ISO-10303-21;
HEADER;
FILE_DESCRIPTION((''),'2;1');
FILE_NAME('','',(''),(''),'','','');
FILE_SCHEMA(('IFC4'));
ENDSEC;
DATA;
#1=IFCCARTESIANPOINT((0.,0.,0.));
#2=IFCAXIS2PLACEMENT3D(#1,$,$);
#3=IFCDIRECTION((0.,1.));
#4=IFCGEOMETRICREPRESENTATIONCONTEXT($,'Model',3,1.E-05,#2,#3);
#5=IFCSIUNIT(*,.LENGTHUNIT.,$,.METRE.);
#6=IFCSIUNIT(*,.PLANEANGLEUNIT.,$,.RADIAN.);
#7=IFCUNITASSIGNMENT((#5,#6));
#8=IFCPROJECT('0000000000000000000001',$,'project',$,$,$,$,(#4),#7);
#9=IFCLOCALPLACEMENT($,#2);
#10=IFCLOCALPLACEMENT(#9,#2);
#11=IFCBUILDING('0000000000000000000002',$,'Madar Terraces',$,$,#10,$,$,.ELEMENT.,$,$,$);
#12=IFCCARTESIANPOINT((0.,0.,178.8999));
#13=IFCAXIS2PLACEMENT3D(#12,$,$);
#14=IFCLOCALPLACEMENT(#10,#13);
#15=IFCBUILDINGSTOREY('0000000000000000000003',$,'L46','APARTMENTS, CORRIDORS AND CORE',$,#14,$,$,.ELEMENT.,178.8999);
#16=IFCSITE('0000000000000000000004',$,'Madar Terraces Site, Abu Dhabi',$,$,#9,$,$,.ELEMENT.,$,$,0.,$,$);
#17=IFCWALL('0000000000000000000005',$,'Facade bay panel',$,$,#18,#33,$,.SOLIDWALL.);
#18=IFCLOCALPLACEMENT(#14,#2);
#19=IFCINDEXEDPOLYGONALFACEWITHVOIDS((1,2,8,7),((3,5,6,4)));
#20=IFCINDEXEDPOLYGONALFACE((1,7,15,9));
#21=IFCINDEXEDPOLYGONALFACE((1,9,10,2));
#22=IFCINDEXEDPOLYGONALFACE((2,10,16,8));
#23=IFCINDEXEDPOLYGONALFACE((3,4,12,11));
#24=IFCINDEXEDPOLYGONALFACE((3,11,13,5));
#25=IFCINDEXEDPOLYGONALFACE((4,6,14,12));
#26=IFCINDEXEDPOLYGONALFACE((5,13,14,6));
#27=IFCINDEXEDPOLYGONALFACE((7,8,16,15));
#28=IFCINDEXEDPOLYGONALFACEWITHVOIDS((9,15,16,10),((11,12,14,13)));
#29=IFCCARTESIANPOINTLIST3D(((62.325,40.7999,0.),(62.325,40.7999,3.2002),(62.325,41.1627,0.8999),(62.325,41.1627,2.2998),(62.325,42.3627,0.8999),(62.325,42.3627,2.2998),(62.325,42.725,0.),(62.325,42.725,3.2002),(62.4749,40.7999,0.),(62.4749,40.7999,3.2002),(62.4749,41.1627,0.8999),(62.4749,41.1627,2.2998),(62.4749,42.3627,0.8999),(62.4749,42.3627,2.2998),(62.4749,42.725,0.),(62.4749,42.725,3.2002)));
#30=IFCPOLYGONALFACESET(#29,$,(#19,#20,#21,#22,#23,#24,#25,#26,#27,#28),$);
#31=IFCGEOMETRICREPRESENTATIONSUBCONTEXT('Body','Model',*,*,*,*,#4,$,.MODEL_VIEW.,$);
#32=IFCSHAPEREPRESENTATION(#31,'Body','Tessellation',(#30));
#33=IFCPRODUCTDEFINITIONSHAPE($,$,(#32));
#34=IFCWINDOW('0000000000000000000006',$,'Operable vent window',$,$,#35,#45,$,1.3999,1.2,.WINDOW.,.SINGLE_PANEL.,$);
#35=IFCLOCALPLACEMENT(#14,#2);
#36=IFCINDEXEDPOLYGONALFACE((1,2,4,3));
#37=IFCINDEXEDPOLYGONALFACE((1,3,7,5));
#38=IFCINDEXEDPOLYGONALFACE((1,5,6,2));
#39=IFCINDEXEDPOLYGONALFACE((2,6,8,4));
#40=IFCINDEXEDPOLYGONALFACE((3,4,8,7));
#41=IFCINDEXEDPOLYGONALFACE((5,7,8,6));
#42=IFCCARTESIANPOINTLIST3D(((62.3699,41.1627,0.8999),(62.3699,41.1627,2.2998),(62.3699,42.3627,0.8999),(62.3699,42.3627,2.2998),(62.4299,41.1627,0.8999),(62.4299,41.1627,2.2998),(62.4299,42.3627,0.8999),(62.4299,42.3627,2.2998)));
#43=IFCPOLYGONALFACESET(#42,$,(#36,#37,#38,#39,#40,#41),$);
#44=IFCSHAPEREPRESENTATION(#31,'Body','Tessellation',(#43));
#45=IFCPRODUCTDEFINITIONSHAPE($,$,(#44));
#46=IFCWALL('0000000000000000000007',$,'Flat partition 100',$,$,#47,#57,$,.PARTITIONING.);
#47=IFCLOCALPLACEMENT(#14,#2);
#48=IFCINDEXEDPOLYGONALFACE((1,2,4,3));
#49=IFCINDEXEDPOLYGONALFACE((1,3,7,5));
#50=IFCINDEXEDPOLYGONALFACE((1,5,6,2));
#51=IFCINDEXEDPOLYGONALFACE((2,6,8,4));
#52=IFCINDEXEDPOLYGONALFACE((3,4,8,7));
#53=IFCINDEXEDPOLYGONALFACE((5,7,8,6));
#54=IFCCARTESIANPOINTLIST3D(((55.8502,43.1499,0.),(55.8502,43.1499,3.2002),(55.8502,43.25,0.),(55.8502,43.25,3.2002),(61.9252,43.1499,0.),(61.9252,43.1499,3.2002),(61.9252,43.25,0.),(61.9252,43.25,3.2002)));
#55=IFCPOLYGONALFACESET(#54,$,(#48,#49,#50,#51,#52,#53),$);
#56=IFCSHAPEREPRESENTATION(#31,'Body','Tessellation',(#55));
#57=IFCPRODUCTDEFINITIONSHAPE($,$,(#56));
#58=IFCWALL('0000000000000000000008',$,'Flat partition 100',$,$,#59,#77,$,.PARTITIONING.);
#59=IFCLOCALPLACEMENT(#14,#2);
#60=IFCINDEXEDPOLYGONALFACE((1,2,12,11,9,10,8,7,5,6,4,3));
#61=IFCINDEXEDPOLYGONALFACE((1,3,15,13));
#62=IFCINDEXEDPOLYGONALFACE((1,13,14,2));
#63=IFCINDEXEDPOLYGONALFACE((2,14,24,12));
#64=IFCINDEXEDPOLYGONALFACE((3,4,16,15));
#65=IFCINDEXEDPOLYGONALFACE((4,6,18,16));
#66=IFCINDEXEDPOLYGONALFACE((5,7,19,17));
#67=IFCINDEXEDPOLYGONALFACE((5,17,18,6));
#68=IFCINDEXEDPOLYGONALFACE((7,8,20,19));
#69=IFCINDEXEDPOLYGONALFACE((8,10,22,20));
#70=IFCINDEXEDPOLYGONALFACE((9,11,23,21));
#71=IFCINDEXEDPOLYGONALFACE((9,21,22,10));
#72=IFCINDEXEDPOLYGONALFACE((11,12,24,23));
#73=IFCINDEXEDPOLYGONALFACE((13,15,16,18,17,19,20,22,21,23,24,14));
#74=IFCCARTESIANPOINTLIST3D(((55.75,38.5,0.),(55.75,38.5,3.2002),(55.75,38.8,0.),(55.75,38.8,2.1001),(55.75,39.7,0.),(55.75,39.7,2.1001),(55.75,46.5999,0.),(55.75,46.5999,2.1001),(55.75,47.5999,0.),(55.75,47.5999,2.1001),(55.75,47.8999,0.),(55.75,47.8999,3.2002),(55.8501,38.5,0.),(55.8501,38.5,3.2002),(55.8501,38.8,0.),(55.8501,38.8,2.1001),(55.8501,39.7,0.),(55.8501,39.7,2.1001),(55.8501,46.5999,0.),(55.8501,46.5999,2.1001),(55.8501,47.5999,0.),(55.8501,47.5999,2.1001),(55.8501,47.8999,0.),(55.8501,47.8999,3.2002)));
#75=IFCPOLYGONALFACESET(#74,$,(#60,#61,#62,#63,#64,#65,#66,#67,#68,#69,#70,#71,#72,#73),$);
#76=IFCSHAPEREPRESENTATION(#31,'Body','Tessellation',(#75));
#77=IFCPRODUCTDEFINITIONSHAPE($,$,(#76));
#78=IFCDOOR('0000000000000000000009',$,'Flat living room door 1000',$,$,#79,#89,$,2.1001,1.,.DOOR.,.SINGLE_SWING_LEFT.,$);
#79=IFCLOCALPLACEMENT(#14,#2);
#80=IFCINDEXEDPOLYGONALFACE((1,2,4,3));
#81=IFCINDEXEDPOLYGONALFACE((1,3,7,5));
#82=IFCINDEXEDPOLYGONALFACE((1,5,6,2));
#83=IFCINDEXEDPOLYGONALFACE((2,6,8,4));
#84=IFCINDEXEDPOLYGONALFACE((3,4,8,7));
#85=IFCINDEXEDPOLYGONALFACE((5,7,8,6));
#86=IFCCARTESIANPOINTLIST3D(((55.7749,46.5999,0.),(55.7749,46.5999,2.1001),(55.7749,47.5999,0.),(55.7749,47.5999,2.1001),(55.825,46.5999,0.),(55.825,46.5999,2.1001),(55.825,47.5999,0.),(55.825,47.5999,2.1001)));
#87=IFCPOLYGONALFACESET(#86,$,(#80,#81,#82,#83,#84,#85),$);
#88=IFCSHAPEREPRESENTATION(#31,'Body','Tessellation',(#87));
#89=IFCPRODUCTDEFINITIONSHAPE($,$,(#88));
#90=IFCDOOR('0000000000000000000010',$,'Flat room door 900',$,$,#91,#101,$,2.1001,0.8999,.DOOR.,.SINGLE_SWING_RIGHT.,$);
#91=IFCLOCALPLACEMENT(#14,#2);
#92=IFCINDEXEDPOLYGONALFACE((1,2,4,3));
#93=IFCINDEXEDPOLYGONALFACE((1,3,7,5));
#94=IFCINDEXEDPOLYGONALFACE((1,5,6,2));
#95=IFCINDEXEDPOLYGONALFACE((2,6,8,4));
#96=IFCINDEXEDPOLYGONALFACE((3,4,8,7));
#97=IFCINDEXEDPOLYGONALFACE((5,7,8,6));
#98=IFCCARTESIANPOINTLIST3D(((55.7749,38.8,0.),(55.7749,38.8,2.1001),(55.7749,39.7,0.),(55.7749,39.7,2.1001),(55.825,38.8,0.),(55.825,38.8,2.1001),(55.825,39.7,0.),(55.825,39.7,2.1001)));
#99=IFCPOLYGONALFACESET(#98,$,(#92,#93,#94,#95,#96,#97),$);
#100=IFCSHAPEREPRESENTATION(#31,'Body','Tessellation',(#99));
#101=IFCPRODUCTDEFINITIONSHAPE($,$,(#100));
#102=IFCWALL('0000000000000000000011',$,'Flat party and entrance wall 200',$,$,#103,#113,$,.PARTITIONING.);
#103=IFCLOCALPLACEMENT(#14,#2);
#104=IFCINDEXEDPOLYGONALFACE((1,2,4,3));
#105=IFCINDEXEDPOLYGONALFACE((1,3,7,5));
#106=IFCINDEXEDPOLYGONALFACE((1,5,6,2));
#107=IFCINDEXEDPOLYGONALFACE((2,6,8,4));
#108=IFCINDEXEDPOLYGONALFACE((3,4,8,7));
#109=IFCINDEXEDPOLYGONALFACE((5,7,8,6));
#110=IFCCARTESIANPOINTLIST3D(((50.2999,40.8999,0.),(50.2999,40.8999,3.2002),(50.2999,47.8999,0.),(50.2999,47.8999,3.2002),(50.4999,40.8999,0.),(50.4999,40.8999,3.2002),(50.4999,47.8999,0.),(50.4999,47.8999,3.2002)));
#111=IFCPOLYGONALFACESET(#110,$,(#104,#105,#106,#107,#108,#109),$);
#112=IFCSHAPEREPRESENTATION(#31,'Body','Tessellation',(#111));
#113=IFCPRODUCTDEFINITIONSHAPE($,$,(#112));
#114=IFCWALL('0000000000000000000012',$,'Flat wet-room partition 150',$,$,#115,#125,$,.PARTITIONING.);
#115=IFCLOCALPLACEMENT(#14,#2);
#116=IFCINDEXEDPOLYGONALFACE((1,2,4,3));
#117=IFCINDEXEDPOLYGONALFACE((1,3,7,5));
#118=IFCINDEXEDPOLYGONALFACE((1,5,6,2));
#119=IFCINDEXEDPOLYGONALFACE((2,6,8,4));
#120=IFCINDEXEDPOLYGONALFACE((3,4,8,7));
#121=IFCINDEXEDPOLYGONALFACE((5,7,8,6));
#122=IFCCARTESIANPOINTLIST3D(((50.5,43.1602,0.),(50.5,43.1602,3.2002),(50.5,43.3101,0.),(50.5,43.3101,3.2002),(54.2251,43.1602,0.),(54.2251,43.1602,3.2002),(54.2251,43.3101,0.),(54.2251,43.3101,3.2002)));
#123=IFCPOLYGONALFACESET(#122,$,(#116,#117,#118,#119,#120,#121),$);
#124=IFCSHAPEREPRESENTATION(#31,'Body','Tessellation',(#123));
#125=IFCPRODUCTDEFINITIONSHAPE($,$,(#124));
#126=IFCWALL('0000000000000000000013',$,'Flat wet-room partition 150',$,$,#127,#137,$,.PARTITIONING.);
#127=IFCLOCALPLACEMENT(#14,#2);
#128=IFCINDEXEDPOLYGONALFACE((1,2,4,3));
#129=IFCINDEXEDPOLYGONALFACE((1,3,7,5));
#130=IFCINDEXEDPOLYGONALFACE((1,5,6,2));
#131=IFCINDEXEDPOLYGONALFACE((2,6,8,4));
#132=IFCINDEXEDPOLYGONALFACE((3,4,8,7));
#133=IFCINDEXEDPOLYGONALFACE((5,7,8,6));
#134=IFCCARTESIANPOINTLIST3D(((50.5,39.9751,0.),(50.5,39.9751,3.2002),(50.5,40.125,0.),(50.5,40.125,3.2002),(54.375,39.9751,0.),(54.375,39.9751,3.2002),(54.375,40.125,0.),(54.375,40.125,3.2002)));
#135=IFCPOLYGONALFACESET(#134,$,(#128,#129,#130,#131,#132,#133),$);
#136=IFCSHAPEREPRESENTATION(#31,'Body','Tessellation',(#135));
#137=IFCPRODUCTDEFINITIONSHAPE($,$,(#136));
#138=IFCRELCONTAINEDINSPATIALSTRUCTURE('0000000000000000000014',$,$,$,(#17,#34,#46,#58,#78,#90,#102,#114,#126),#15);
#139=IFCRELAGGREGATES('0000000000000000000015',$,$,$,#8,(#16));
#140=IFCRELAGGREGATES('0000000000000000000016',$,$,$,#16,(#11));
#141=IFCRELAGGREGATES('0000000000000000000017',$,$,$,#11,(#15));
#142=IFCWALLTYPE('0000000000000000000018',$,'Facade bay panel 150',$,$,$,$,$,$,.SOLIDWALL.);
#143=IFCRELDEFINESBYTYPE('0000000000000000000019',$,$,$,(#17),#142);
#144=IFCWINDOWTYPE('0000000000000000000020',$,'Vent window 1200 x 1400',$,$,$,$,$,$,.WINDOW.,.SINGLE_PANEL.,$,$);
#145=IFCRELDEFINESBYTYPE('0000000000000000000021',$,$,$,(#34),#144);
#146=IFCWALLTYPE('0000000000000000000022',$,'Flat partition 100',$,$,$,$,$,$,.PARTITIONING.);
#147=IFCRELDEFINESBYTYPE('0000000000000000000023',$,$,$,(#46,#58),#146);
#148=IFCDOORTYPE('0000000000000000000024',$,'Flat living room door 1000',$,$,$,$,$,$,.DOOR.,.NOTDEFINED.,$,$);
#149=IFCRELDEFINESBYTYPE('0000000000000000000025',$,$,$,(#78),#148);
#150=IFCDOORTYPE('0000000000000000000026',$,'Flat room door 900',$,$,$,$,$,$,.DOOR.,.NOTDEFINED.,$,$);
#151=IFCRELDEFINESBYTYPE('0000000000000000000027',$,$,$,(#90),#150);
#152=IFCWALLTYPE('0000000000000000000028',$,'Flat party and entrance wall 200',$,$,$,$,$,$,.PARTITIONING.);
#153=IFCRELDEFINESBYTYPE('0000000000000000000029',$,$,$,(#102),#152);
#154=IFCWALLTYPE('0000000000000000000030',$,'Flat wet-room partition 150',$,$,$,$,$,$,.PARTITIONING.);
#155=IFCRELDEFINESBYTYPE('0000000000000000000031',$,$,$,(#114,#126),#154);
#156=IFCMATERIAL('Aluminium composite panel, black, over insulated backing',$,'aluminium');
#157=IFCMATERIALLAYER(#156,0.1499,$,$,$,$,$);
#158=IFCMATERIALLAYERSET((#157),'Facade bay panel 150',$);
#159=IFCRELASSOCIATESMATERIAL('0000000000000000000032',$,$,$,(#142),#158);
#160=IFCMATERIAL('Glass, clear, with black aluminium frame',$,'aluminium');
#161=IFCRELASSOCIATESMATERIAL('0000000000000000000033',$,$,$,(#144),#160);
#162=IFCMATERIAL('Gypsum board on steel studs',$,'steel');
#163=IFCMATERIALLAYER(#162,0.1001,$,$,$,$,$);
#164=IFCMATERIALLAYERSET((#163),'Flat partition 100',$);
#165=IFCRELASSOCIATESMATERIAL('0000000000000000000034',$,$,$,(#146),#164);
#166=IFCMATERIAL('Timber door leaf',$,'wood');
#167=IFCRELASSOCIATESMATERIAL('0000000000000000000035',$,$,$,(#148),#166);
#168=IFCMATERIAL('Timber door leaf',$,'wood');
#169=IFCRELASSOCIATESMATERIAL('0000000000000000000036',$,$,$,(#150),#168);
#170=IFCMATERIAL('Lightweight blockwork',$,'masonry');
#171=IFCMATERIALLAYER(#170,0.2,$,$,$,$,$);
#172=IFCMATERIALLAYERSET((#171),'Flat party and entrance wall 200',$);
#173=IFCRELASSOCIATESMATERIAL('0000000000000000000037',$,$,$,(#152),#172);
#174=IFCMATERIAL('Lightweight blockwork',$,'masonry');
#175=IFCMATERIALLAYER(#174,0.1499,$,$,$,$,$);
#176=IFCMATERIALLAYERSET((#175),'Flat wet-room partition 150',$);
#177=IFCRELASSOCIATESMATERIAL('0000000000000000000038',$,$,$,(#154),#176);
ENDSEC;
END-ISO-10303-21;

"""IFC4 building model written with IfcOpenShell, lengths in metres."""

from ifc_helpers import new_model, si_unit, direction, frame, frame_2d, origin, place, context, subcontext, project, spatial, rectangle, extrude, material, layer, layer_set, type_object, element, fill, save


model = new_model("IFC4")

# Units and contexts
model_context = context("Model", 3, precision=1e-05, world=origin(), true_north=direction((0.0, 1.0)))
body_context = subcontext(model_context, "Body", "Model", "MODEL_VIEW")
ifc_project = project(units=[si_unit("LENGTHUNIT", "METRE"), si_unit("PLANEANGLEUNIT", "RADIAN")], contexts=[model_context])

# Site, building, storey
site_placement = place(None, origin())
site = spatial("IfcSite", under=ifc_project, at=site_placement, Name="Madar Terraces Site, Abu Dhabi", CompositionType="ELEMENT", RefElevation=0.0)
building_placement = place(site_placement, origin())
building = spatial("IfcBuilding", under=site, at=building_placement, Name="Madar Terraces", CompositionType="ELEMENT")
storey_placement = place(building_placement, frame((0.0, 0.0, 178.8999)))
storey = spatial("IfcBuildingStorey", under=building, at=storey_placement, Name="L46", Description="APARTMENTS, CORRIDORS AND CORE", CompositionType="ELEMENT", Elevation=178.8999)

# Wall, opening, window
ifc_material_1 = material(Name="Aluminium composite panel, black, over insulated backing", Category="aluminium")
ifc_layer_1 = layer(ifc_material_1, 0.1499)
ifc_layer_set_1 = layer_set([ifc_layer_1], Name="Facade bay panel 150")
wall_type_1 = type_object("IfcWallType", Name="Facade bay panel 150", PredefinedType="SOLIDWALL", material=ifc_layer_set_1)
wall_1_placement = place(storey_placement, frame((62.3999, 40.8, 0.0), z_axis=(0.0, 0.0, 1.0), x_axis=(0.0, 1.0, 0.0)))
wall_1 = element("IfcWall", 1, at=wall_1_placement, inside=storey, type_object=wall_type_1, Name="Facade bay panel", PredefinedType="SOLIDWALL", context=body_context, shape_type="SweptSolid", body=[
    extrude(rectangle(XDim=1.925, YDim=0.1499, at=frame_2d((0.9624, 0.0))), origin(), (0.0, 0.0, 1.0), 3.2002),
])
opening_1_placement = place(wall_1_placement, frame((0.3625, 0.0, 0.8999)))
opening_1 = element("IfcOpeningElement", 2, at=opening_1_placement, cuts=wall_1, PredefinedType="OPENING", context=body_context, shape_type="SweptSolid", body=[
    extrude(rectangle(XDim=1.2, YDim=1.3999, at=frame_2d((0.6001, 0.7))), frame((0.0, 0.085, 0.0), z_axis=(0.0, -1.0, 0.0), x_axis=(1.0, 0.0, 0.0)), (0.0, 0.0, 1.0), 0.1699),
])
ifc_material_2 = material(Name="Glass, clear, with black aluminium frame", Category="aluminium")
window_type = type_object("IfcWindowType", Name="Vent window 1200 x 1400", PartitioningType="SINGLE_PANEL", PredefinedType="WINDOW", material=ifc_material_2)
window_placement = place(opening_1_placement, origin())
window = element("IfcWindow", 3, at=window_placement, inside=storey, type_object=window_type, Name="Operable vent window", OverallHeight=1.3999, OverallWidth=1.2, PartitioningType="SINGLE_PANEL", PredefinedType="WINDOW", context=body_context, shape_type="SweptSolid", body=[
    extrude(rectangle(XDim=1.2, YDim=1.3999, at=frame_2d((0.6001, 0.7))), frame((0.0, 0.03, 0.0), z_axis=(0.0, -1.0, 0.0), x_axis=(1.0, 0.0, 0.0)), (0.0, 0.0, 1.0), 0.0601),
])
fill(opening_1, window)

# Wall
ifc_material_3 = material(Name="Gypsum board on steel studs", Category="steel")
ifc_layer_2 = layer(ifc_material_3, 0.1001)
ifc_layer_set_2 = layer_set([ifc_layer_2], Name="Flat partition 100")
wall_type_2 = type_object("IfcWallType", Name="Flat partition 100", PredefinedType="PARTITIONING", material=ifc_layer_set_2)
wall_2_placement = place(storey_placement, frame((55.8501, 43.2, 0.0), z_axis=(0.0, 0.0, 1.0), x_axis=(1.0, 0.0, 0.0)))
element("IfcWall", 4, at=wall_2_placement, inside=storey, type_object=wall_type_2, Name="Flat partition 100", PredefinedType="PARTITIONING", context=body_context, shape_type="SweptSolid", body=[
    extrude(rectangle(XDim=6.075, YDim=0.1001, at=frame_2d((3.0376, 0.0))), origin(), (0.0, 0.0, 1.0), 3.2002),
])

# Wall, openings, doors
wall_3_placement = place(storey_placement, frame((55.8, 47.8999, 0.0), z_axis=(0.0, 0.0, 1.0), x_axis=(0.0, -1.0, 0.0)))
wall_3 = element("IfcWall", 5, at=wall_3_placement, inside=storey, type_object=wall_type_2, Name="Flat partition 100", PredefinedType="PARTITIONING", context=body_context, shape_type="SweptSolid", body=[
    extrude(rectangle(XDim=9.3999, YDim=0.1001, at=frame_2d((4.7, 0.0))), origin(), (0.0, 0.0, 1.0), 3.2002),
])
opening_2_placement = place(wall_3_placement, frame((8.2, 0.0, 0.0)))
opening_2 = element("IfcOpeningElement", 6, at=opening_2_placement, cuts=wall_3, PredefinedType="OPENING", context=body_context, shape_type="SweptSolid", body=[
    extrude(rectangle(XDim=0.8999, YDim=2.1001, at=frame_2d((0.45, 1.05))), frame((0.0, 0.0601, 0.0), z_axis=(0.0, -1.0, 0.0), x_axis=(1.0, 0.0, 0.0)), (0.0, 0.0, 1.0), 0.1201),
])
opening_3_placement = place(wall_3_placement, frame((0.3, 0.0, 0.0)))
opening_3 = element("IfcOpeningElement", 7, at=opening_3_placement, cuts=wall_3, PredefinedType="OPENING", context=body_context, shape_type="SweptSolid", body=[
    extrude(rectangle(XDim=1.0, YDim=2.1001, at=frame_2d((0.5, 1.05))), frame((0.0, 0.0601, 0.0), z_axis=(0.0, -1.0, 0.0), x_axis=(1.0, 0.0, 0.0)), (0.0, 0.0, 1.0), 0.1201),
])
ifc_material_4 = material(Name="Timber door leaf", Category="wood")
door_type_1 = type_object("IfcDoorType", Name="Flat living room door 1000", OperationType="NOTDEFINED", PredefinedType="DOOR", material=ifc_material_4)
door_1_placement = place(opening_3_placement, origin())
door_1 = element("IfcDoor", 8, at=door_1_placement, inside=storey, type_object=door_type_1, Name="Flat living room door 1000", OperationType="SINGLE_SWING_LEFT", OverallHeight=2.1001, OverallWidth=1.0, PredefinedType="DOOR", context=body_context, shape_type="SweptSolid", body=[
    extrude(rectangle(XDim=1.0, YDim=2.1001, at=frame_2d((0.5, 1.05))), frame((0.0, 0.0249, 0.0), z_axis=(0.0, -1.0, 0.0), x_axis=(1.0, 0.0, 0.0)), (0.0, 0.0, 1.0), 0.05),
])
fill(opening_3, door_1)
ifc_material_5 = material(Name="Timber door leaf", Category="wood")
door_type_2 = type_object("IfcDoorType", Name="Flat room door 900", OperationType="NOTDEFINED", PredefinedType="DOOR", material=ifc_material_5)
door_2_placement = place(opening_2_placement, origin())
door_2 = element("IfcDoor", 9, at=door_2_placement, inside=storey, type_object=door_type_2, Name="Flat room door 900", OperationType="SINGLE_SWING_RIGHT", OverallHeight=2.1001, OverallWidth=0.8999, PredefinedType="DOOR", context=body_context, shape_type="SweptSolid", body=[
    extrude(rectangle(XDim=0.8999, YDim=2.1001, at=frame_2d((0.45, 1.05))), frame((0.0, 0.0249, 0.0), z_axis=(0.0, -1.0, 0.0), x_axis=(1.0, 0.0, 0.0)), (0.0, 0.0, 1.0), 0.05),
])
fill(opening_2, door_2)

# Walls
ifc_material_6 = material(Name="Lightweight blockwork", Category="masonry")
ifc_layer_3 = layer(ifc_material_6, 0.2)
ifc_layer_set_3 = layer_set([ifc_layer_3], Name="Flat party and entrance wall 200")
wall_type_3 = type_object("IfcWallType", Name="Flat party and entrance wall 200", PredefinedType="PARTITIONING", material=ifc_layer_set_3)
wall_4_placement = place(storey_placement, frame((50.3999, 40.8999, 0.0), z_axis=(0.0, 0.0, 1.0), x_axis=(0.0, 1.0, 0.0)))
element("IfcWall", 10, at=wall_4_placement, inside=storey, type_object=wall_type_3, Name="Flat party and entrance wall 200", PredefinedType="PARTITIONING", context=body_context, shape_type="SweptSolid", body=[
    extrude(rectangle(XDim=7.0, YDim=0.2, at=frame_2d((3.5, 0.0))), origin(), (0.0, 0.0, 1.0), 3.2002),
])
ifc_material_7 = material(Name="Lightweight blockwork", Category="masonry")
ifc_layer_4 = layer(ifc_material_7, 0.1499)
ifc_layer_set_4 = layer_set([ifc_layer_4], Name="Flat wet-room partition 150")
wall_type_4 = type_object("IfcWallType", Name="Flat wet-room partition 150", PredefinedType="PARTITIONING", material=ifc_layer_set_4)
wall_5_placement = place(storey_placement, frame((50.5, 43.2351, 0.0), z_axis=(0.0, 0.0, 1.0), x_axis=(1.0, 0.0, 0.0)))
element("IfcWall", 11, at=wall_5_placement, inside=storey, type_object=wall_type_4, Name="Flat wet-room partition 150", PredefinedType="PARTITIONING", context=body_context, shape_type="SweptSolid", body=[
    extrude(rectangle(XDim=3.7251, YDim=0.1499, at=frame_2d((1.8625, 0.0))), origin(), (0.0, 0.0, 1.0), 3.2002),
])
wall_6_placement = place(storey_placement, frame((50.5, 40.05, 0.0), z_axis=(0.0, 0.0, 1.0), x_axis=(1.0, 0.0, 0.0)))
element("IfcWall", 12, at=wall_6_placement, inside=storey, type_object=wall_type_4, Name="Flat wet-room partition 150", PredefinedType="PARTITIONING", context=body_context, shape_type="SweptSolid", body=[
    extrude(rectangle(XDim=3.875, YDim=0.1499, at=frame_2d((1.9375, 0.0))), origin(), (0.0, 0.0, 1.0), 3.2002),
])

save(model, "model.ifc")
